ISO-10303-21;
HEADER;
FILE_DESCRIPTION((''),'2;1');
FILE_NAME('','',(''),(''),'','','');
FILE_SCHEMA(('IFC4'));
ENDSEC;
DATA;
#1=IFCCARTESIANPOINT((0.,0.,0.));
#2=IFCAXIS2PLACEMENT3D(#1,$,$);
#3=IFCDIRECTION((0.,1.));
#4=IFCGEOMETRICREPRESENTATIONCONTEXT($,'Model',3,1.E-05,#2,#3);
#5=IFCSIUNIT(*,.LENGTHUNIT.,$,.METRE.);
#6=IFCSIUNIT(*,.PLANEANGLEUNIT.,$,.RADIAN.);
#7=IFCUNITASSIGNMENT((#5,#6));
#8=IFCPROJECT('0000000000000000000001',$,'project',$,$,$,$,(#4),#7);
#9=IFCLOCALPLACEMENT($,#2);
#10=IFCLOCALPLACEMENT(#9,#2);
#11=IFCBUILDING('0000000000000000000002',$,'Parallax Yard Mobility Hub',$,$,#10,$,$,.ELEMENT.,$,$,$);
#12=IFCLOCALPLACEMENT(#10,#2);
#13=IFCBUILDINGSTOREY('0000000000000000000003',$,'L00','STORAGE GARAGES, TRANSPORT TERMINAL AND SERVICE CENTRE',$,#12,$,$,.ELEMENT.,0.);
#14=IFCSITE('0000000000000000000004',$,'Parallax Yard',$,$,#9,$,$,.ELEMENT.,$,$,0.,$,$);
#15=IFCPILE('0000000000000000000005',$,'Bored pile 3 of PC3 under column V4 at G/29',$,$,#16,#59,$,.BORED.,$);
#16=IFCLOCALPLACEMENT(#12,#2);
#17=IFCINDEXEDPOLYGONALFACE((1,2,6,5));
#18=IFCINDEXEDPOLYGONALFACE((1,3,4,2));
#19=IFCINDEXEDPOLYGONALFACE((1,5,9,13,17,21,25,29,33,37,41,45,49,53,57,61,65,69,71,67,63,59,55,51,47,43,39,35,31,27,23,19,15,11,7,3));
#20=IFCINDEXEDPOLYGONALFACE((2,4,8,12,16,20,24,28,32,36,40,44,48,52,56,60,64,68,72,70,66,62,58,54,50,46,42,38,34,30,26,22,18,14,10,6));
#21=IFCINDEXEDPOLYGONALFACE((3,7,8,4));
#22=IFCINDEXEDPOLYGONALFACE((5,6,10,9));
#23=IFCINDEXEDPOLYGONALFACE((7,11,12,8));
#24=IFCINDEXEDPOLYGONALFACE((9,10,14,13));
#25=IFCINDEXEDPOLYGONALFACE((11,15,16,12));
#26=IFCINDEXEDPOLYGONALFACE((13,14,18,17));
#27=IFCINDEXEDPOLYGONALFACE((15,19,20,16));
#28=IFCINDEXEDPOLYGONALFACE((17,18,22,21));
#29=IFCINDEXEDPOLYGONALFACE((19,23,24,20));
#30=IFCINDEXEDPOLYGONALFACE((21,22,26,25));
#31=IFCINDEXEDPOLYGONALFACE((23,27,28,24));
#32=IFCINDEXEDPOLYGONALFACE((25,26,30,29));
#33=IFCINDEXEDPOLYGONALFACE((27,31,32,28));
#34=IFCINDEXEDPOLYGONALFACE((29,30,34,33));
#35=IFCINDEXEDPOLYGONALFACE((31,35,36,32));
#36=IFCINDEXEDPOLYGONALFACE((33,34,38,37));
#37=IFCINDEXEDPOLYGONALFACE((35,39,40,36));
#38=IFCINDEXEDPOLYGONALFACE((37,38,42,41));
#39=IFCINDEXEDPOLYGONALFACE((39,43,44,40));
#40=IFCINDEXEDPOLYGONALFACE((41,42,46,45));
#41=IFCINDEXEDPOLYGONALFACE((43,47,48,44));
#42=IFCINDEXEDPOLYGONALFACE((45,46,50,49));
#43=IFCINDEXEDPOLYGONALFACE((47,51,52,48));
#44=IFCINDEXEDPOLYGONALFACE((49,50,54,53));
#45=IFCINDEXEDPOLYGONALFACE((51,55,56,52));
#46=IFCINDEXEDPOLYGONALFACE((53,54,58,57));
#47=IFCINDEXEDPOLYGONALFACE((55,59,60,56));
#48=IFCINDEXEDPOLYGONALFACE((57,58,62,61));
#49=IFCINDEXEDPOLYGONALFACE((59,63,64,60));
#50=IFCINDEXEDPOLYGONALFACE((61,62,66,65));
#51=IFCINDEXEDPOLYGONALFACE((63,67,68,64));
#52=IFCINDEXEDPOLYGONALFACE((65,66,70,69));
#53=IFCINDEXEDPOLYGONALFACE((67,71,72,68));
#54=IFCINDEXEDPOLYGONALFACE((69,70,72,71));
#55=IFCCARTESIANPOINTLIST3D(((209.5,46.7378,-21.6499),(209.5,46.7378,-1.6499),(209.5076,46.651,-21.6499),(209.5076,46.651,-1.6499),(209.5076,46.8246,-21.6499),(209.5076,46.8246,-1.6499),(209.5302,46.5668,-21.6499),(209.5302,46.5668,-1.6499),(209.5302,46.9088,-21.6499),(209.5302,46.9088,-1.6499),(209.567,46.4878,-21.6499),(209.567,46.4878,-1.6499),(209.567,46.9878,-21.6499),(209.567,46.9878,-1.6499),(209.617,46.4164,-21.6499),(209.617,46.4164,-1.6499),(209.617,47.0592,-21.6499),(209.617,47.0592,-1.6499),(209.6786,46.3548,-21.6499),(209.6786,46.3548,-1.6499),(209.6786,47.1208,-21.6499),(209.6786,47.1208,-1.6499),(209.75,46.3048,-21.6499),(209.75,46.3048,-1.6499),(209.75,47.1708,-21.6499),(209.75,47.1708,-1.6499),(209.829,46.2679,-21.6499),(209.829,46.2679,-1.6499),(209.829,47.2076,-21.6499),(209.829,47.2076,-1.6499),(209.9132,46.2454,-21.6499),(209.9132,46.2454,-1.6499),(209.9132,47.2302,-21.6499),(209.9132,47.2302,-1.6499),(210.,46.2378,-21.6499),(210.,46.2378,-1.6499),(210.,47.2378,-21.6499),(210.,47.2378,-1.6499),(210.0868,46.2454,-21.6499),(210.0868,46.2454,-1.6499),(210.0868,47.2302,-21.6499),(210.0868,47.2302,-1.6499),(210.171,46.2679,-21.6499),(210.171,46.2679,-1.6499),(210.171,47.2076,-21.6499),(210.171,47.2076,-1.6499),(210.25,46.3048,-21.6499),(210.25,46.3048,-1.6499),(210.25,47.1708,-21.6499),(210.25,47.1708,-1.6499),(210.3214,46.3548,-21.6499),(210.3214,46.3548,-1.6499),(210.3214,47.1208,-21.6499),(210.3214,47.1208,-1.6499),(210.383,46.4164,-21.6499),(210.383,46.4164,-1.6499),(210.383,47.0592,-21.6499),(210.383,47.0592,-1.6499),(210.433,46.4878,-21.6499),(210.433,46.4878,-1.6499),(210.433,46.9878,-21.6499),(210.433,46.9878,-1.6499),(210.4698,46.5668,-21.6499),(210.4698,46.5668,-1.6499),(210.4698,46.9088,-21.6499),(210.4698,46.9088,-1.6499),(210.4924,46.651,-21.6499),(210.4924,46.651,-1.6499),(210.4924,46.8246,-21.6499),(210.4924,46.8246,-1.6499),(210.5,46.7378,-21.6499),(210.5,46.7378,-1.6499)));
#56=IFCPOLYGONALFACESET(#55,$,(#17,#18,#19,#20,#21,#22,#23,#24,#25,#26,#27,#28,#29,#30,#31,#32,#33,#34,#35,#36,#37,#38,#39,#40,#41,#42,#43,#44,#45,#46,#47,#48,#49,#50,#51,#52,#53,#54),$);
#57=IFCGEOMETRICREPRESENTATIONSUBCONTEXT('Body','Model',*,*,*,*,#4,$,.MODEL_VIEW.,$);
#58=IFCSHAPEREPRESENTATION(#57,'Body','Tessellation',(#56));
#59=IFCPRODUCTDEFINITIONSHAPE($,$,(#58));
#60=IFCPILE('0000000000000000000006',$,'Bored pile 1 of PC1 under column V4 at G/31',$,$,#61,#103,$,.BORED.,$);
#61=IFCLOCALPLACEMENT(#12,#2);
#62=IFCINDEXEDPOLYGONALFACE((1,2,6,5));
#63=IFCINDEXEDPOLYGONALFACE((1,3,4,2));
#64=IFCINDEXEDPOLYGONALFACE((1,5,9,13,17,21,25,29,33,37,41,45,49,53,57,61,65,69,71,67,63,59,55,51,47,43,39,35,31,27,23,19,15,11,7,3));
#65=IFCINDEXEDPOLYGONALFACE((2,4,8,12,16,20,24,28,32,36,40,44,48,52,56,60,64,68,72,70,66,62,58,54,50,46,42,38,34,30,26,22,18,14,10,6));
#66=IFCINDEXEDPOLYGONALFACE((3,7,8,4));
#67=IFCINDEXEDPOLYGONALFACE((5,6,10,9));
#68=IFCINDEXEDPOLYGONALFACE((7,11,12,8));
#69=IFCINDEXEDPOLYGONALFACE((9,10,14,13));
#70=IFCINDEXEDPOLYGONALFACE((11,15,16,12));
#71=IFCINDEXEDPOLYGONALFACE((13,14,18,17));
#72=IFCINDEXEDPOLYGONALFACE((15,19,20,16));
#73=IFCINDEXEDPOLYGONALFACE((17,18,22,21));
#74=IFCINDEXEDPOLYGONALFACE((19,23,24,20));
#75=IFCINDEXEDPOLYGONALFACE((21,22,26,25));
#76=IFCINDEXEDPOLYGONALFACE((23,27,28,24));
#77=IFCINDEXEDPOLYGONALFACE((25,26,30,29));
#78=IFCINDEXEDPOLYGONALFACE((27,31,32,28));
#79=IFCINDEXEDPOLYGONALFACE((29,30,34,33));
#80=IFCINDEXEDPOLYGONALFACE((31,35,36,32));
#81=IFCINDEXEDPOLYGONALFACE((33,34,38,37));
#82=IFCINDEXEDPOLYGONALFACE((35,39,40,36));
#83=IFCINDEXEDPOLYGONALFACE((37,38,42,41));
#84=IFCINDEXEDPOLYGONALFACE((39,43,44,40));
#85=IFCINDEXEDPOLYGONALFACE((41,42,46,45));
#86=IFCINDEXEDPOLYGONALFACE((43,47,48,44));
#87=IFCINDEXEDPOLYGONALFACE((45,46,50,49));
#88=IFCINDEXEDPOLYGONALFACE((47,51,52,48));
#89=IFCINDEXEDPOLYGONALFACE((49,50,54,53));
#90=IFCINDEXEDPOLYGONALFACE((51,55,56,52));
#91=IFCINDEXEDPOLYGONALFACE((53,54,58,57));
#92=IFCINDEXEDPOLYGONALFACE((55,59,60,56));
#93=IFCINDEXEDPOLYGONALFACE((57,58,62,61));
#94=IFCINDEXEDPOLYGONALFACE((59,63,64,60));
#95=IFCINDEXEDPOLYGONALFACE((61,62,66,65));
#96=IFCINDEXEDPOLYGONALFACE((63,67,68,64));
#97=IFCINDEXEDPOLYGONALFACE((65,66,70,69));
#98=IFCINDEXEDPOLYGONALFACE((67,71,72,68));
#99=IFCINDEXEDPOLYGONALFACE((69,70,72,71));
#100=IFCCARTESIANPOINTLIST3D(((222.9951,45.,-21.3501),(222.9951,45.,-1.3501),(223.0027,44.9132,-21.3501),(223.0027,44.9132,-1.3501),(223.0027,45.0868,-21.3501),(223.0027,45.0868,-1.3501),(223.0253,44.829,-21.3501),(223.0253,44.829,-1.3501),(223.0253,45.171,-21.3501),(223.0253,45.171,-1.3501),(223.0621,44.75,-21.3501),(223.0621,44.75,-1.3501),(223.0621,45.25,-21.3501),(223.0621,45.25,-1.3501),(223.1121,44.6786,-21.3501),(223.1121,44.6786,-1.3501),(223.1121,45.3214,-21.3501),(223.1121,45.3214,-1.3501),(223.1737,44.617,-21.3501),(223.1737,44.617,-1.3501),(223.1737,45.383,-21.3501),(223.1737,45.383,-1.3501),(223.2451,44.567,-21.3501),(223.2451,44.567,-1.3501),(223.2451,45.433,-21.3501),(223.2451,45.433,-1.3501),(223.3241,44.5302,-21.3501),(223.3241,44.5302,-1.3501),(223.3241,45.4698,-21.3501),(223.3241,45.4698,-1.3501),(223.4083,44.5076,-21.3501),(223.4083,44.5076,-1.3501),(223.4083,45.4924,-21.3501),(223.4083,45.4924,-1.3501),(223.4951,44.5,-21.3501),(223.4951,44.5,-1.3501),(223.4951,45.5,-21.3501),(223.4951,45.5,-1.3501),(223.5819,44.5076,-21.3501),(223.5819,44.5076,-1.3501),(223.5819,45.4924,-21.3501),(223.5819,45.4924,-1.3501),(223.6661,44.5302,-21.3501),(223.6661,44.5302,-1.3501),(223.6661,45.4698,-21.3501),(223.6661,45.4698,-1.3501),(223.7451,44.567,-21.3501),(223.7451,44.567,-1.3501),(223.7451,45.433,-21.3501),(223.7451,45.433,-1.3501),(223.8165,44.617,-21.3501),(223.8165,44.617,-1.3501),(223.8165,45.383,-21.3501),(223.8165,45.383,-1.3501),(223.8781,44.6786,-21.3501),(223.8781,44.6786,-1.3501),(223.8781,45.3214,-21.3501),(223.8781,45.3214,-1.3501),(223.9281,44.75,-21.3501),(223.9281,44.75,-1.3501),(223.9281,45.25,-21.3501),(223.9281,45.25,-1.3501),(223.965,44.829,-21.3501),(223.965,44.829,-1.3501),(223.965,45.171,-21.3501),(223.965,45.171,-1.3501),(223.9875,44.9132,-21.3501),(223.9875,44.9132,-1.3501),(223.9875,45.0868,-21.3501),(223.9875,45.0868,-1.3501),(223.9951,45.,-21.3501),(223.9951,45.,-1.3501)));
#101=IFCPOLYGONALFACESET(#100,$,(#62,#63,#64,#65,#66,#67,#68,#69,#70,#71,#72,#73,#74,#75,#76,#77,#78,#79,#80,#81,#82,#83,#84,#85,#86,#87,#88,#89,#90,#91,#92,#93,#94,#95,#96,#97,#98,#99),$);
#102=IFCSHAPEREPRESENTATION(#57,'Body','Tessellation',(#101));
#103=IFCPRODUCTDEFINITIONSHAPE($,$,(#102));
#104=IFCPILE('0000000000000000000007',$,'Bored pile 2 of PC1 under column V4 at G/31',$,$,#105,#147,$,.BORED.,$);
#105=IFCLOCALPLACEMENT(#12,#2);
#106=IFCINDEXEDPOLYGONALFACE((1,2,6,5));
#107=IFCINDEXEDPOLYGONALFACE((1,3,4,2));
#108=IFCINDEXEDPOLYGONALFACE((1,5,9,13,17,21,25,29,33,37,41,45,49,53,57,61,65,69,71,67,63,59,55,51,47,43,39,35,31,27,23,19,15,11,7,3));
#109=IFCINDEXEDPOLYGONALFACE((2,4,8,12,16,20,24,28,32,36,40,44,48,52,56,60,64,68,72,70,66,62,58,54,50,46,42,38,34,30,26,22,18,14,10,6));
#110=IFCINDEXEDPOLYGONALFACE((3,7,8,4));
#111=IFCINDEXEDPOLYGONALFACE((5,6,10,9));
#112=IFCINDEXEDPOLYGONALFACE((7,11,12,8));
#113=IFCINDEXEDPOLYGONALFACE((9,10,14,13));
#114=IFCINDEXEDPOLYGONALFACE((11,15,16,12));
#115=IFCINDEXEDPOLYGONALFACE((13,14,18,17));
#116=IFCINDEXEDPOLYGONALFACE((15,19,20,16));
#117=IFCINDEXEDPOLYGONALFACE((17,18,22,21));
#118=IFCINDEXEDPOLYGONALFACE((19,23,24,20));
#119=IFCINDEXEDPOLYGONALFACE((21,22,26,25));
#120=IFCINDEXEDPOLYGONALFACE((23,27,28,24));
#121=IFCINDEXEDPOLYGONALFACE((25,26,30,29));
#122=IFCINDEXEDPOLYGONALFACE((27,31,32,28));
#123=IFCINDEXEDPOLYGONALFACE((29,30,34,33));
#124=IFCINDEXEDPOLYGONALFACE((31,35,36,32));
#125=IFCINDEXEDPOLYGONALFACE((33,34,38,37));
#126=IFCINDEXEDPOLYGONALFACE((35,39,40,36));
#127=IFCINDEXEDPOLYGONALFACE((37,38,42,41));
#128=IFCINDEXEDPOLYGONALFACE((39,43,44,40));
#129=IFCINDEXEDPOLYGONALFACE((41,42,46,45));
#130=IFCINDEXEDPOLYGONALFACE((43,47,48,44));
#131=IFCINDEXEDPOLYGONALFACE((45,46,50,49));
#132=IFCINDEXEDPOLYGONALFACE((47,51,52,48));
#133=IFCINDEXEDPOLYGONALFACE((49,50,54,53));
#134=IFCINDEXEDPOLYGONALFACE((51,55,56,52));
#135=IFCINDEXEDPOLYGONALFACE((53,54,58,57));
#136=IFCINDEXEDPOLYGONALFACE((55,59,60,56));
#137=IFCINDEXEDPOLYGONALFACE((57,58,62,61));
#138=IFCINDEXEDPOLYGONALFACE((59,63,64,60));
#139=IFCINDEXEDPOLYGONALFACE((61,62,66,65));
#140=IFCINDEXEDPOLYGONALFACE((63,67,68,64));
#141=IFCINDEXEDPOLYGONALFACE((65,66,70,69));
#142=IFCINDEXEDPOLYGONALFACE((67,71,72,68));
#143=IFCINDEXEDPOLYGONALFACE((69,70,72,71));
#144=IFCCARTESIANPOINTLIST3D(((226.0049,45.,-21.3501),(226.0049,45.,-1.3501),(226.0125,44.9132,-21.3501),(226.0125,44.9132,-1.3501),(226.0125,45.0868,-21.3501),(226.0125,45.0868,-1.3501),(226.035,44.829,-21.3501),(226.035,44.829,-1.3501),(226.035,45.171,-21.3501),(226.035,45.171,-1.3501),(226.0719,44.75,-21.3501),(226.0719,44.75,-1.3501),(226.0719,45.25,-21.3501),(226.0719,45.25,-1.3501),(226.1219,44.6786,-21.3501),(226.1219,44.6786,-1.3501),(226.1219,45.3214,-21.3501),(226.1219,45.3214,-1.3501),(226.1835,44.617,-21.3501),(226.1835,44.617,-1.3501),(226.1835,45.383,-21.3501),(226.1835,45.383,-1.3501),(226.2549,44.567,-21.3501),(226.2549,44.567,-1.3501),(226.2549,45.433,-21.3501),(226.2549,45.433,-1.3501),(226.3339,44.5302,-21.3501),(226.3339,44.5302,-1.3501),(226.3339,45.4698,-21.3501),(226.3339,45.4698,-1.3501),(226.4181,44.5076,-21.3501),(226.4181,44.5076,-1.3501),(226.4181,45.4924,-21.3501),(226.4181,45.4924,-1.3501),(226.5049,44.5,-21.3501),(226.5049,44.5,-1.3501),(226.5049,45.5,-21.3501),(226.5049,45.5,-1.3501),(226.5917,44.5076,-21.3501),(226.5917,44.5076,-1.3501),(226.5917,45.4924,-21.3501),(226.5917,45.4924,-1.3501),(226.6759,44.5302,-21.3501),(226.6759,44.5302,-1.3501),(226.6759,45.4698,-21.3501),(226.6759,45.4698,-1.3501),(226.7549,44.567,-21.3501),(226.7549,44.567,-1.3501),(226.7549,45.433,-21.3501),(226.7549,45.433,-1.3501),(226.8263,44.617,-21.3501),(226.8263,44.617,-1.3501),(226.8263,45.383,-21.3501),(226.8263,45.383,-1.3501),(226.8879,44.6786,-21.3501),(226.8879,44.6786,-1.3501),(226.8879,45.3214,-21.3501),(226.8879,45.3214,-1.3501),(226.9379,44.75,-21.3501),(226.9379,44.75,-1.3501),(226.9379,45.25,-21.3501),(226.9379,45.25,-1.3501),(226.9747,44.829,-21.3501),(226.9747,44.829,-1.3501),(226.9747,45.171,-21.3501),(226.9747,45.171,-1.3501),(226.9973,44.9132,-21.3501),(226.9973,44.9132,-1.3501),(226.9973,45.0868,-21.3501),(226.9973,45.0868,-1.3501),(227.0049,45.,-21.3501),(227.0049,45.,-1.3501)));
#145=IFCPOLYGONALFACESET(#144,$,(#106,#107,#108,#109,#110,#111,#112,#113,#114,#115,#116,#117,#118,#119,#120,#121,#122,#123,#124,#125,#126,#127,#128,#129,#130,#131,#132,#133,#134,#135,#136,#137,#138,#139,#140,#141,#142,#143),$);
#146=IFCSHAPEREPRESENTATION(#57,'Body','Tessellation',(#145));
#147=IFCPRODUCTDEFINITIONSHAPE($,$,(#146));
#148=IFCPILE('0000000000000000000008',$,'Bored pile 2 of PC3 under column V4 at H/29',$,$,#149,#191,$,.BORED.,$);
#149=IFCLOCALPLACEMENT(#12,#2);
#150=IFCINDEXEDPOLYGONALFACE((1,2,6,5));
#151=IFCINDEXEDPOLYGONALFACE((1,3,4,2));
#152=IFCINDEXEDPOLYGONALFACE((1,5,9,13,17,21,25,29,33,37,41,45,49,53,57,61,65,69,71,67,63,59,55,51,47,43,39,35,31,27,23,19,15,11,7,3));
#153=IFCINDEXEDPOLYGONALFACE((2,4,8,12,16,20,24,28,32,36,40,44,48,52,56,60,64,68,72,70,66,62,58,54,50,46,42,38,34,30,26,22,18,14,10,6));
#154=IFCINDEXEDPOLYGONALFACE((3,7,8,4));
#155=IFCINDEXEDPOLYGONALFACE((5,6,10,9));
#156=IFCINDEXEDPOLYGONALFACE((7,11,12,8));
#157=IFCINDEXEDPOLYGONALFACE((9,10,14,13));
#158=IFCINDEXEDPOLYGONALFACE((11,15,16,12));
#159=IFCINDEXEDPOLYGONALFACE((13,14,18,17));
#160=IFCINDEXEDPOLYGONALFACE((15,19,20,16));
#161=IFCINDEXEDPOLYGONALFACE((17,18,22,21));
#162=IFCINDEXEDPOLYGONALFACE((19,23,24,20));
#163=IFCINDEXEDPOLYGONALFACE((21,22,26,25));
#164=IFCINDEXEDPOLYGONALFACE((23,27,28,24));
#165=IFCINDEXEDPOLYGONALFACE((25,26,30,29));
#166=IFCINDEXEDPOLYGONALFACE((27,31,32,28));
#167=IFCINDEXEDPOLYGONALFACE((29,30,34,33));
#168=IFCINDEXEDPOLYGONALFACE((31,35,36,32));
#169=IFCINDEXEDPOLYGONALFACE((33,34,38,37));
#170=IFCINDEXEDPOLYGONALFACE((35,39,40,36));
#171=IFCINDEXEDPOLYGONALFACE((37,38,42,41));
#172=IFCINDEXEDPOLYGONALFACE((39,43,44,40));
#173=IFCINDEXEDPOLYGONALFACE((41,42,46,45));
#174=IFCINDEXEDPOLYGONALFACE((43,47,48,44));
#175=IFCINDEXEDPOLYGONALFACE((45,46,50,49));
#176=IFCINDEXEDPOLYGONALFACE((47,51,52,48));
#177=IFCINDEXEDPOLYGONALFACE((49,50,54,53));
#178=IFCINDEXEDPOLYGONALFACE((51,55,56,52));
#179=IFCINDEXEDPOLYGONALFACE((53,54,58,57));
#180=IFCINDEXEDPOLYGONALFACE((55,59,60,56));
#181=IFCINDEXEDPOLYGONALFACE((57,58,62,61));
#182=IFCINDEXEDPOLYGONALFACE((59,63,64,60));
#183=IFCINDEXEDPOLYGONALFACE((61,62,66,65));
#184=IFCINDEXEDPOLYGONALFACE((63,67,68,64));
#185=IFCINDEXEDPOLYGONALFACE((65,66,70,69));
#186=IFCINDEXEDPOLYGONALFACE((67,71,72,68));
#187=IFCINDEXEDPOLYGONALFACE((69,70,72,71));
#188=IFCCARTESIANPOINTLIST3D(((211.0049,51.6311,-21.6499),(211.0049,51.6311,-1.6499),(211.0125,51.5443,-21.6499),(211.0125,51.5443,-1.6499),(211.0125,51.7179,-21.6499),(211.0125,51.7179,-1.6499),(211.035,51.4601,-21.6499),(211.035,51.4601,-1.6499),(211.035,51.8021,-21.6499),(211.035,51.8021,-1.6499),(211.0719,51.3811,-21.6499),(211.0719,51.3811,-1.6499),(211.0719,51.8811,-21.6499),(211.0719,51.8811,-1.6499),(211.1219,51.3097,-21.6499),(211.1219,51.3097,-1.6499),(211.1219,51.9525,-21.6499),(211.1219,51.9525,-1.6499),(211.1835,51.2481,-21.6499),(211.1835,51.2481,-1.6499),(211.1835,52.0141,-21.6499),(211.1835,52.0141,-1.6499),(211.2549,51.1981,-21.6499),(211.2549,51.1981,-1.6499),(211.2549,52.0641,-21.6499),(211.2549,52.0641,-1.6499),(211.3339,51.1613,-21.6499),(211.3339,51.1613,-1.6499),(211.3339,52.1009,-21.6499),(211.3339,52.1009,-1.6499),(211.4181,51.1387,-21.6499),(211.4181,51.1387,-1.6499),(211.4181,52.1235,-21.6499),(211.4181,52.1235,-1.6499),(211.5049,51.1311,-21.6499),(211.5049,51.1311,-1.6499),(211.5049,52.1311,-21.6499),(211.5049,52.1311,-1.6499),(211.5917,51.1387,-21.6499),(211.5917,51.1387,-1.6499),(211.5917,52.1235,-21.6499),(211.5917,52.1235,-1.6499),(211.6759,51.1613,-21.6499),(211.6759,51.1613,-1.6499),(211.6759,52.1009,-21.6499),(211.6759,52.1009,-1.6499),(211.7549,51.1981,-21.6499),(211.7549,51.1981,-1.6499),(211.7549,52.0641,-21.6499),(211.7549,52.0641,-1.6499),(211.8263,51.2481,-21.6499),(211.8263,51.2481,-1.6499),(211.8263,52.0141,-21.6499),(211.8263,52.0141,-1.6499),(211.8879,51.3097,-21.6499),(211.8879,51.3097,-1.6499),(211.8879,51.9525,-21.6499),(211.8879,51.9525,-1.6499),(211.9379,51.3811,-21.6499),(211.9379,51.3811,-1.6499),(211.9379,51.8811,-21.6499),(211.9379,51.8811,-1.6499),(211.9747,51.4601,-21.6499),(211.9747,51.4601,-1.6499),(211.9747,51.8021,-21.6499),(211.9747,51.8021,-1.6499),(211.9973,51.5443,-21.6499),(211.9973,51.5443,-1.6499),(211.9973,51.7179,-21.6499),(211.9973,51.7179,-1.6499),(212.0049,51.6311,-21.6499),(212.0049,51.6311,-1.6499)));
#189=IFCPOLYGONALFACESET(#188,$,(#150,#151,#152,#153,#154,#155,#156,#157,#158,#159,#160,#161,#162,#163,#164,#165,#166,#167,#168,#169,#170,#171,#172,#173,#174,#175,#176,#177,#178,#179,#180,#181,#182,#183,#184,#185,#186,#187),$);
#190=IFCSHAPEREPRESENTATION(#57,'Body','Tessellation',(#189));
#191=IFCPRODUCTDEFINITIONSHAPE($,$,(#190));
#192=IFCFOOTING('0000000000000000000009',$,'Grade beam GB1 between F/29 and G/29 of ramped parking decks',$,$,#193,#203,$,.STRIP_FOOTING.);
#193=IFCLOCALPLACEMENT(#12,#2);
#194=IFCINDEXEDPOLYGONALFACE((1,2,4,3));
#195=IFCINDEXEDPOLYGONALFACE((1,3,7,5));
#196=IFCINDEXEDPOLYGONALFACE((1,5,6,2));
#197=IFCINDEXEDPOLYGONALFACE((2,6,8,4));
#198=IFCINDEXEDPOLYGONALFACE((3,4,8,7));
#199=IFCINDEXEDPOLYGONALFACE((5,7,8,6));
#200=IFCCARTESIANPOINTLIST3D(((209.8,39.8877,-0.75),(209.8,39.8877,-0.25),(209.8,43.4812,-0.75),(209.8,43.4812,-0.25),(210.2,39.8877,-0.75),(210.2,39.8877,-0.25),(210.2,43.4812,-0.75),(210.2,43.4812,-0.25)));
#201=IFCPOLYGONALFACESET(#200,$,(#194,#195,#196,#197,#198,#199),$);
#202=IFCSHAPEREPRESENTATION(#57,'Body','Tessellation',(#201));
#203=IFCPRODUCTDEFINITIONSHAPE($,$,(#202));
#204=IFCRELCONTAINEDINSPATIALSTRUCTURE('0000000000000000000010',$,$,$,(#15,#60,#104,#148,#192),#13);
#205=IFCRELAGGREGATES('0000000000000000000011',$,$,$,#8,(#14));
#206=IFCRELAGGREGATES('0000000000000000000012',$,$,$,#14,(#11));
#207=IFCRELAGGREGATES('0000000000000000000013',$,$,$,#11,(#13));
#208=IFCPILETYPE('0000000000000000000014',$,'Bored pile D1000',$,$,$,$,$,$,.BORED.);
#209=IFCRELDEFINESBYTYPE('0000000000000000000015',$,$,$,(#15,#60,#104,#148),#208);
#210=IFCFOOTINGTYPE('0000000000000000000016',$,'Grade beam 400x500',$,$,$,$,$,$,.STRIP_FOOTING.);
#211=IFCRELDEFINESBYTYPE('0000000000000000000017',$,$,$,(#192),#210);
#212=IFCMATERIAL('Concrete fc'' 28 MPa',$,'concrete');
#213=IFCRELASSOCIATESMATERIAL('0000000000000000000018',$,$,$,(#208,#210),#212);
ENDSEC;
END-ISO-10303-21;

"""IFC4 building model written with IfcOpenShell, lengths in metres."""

from ifc_helpers import new_model, si_unit, direction, frame, origin, origin_2d, place, context, subcontext, project, spatial, rectangle, circle, extrude, material, material_profile, profile_set, type_object, element, save


model = new_model("IFC4")

# Units and contexts
model_context = context("Model", 3, precision=1e-05, world=origin(), true_north=direction((0.0, 1.0)))
body_context = subcontext(model_context, "Body", "Model", "MODEL_VIEW")
ifc_project = project(units=[si_unit("LENGTHUNIT", "METRE"), si_unit("PLANEANGLEUNIT", "RADIAN")], contexts=[model_context])

# Site, building, storey
site_placement = place(None, origin())
site = spatial("IfcSite", under=ifc_project, at=site_placement, Name="Parallax Yard", CompositionType="ELEMENT", RefElevation=0.0)
building_placement = place(site_placement, origin())
building = spatial("IfcBuilding", under=site, at=building_placement, Name="Parallax Yard Mobility Hub", CompositionType="ELEMENT")
storey_placement = place(building_placement, origin())
storey = spatial("IfcBuildingStorey", under=building, at=storey_placement, Name="L00", Description="STORAGE GARAGES, TRANSPORT TERMINAL AND SERVICE CENTRE", CompositionType="ELEMENT", Elevation=0.0)

# Piles
ifc_material_1 = material(Name="Concrete fc' 28 MPa", Category="concrete")
ifc_material_profile_1 = material_profile(ifc_material_1, circle(Radius=0.5, at=origin_2d()), Name="Bored pile D1000")
ifc_profile_set_1 = profile_set([ifc_material_profile_1], Name="Concrete fc' 28 MPa")
pile_type = type_object("IfcPileType", Name="Bored pile D1000", PredefinedType="BORED", material=ifc_profile_set_1)
for number, where, z_axis, x_axis, name in (
    (1, (210.0, 46.7378, -1.6499), (0.0, 0.0, -1.0), (1.0, 0.0, 0.0), "Bored pile 3 of PC3 under column V4 at G/29"),
    (2, (223.4951, 45.0, -1.3501), (0.0, 0.0, -1.0), (1.0, 0.0, 0.0), "Bored pile 1 of PC1 under column V4 at G/31"),
    (3, (226.5049, 45.0, -1.3501), (0.0, 0.0, -1.0), (1.0, 0.0, 0.0), "Bored pile 2 of PC1 under column V4 at G/31"),
    (4, (211.5049, 51.6311, -1.6499), (0.0, 0.0, -1.0), (1.0, 0.0, 0.0), "Bored pile 2 of PC3 under column V4 at H/29"),
):
    element("IfcPile", number, at=place(storey_placement, frame(where, z_axis=z_axis, x_axis=x_axis)), inside=storey, type_object=pile_type, Name=name, PredefinedType="BORED", context=body_context, shape_type="SweptSolid", body=[
        extrude(circle(Radius=0.5, at=origin_2d()), origin(), (0.0, 0.0, 1.0), 20.0),
    ])

# Footing
ifc_material_profile_2 = material_profile(ifc_material_1, rectangle(XDim=0.3999, YDim=0.5, at=origin_2d()), Name="Grade beam 400x500")
ifc_profile_set_2 = profile_set([ifc_material_profile_2], Name="Concrete fc' 28 MPa")
footing_type_1 = type_object("IfcFootingType", Name="Grade beam 400x500", PredefinedType="STRIP_FOOTING", material=ifc_profile_set_2)
for number, where, z_axis, x_axis, name in (
    (5, (210.0, 39.8877, -0.5), (0.0, 1.0, 0.0), (-1.0, 0.0, 0.0), "Grade beam GB1 between F/29 and G/29 of ramped parking decks"),
):
    element("IfcFooting", number, at=place(storey_placement, frame(where, z_axis=z_axis, x_axis=x_axis)), inside=storey, type_object=footing_type_1, Name=name, PredefinedType="STRIP_FOOTING", context=body_context, shape_type="SweptSolid", body=[
        extrude(rectangle(XDim=0.3999, YDim=0.5, at=origin_2d()), origin(), (0.0, 0.0, 1.0), 3.5935),
    ])

save(model, "model.ifc")
